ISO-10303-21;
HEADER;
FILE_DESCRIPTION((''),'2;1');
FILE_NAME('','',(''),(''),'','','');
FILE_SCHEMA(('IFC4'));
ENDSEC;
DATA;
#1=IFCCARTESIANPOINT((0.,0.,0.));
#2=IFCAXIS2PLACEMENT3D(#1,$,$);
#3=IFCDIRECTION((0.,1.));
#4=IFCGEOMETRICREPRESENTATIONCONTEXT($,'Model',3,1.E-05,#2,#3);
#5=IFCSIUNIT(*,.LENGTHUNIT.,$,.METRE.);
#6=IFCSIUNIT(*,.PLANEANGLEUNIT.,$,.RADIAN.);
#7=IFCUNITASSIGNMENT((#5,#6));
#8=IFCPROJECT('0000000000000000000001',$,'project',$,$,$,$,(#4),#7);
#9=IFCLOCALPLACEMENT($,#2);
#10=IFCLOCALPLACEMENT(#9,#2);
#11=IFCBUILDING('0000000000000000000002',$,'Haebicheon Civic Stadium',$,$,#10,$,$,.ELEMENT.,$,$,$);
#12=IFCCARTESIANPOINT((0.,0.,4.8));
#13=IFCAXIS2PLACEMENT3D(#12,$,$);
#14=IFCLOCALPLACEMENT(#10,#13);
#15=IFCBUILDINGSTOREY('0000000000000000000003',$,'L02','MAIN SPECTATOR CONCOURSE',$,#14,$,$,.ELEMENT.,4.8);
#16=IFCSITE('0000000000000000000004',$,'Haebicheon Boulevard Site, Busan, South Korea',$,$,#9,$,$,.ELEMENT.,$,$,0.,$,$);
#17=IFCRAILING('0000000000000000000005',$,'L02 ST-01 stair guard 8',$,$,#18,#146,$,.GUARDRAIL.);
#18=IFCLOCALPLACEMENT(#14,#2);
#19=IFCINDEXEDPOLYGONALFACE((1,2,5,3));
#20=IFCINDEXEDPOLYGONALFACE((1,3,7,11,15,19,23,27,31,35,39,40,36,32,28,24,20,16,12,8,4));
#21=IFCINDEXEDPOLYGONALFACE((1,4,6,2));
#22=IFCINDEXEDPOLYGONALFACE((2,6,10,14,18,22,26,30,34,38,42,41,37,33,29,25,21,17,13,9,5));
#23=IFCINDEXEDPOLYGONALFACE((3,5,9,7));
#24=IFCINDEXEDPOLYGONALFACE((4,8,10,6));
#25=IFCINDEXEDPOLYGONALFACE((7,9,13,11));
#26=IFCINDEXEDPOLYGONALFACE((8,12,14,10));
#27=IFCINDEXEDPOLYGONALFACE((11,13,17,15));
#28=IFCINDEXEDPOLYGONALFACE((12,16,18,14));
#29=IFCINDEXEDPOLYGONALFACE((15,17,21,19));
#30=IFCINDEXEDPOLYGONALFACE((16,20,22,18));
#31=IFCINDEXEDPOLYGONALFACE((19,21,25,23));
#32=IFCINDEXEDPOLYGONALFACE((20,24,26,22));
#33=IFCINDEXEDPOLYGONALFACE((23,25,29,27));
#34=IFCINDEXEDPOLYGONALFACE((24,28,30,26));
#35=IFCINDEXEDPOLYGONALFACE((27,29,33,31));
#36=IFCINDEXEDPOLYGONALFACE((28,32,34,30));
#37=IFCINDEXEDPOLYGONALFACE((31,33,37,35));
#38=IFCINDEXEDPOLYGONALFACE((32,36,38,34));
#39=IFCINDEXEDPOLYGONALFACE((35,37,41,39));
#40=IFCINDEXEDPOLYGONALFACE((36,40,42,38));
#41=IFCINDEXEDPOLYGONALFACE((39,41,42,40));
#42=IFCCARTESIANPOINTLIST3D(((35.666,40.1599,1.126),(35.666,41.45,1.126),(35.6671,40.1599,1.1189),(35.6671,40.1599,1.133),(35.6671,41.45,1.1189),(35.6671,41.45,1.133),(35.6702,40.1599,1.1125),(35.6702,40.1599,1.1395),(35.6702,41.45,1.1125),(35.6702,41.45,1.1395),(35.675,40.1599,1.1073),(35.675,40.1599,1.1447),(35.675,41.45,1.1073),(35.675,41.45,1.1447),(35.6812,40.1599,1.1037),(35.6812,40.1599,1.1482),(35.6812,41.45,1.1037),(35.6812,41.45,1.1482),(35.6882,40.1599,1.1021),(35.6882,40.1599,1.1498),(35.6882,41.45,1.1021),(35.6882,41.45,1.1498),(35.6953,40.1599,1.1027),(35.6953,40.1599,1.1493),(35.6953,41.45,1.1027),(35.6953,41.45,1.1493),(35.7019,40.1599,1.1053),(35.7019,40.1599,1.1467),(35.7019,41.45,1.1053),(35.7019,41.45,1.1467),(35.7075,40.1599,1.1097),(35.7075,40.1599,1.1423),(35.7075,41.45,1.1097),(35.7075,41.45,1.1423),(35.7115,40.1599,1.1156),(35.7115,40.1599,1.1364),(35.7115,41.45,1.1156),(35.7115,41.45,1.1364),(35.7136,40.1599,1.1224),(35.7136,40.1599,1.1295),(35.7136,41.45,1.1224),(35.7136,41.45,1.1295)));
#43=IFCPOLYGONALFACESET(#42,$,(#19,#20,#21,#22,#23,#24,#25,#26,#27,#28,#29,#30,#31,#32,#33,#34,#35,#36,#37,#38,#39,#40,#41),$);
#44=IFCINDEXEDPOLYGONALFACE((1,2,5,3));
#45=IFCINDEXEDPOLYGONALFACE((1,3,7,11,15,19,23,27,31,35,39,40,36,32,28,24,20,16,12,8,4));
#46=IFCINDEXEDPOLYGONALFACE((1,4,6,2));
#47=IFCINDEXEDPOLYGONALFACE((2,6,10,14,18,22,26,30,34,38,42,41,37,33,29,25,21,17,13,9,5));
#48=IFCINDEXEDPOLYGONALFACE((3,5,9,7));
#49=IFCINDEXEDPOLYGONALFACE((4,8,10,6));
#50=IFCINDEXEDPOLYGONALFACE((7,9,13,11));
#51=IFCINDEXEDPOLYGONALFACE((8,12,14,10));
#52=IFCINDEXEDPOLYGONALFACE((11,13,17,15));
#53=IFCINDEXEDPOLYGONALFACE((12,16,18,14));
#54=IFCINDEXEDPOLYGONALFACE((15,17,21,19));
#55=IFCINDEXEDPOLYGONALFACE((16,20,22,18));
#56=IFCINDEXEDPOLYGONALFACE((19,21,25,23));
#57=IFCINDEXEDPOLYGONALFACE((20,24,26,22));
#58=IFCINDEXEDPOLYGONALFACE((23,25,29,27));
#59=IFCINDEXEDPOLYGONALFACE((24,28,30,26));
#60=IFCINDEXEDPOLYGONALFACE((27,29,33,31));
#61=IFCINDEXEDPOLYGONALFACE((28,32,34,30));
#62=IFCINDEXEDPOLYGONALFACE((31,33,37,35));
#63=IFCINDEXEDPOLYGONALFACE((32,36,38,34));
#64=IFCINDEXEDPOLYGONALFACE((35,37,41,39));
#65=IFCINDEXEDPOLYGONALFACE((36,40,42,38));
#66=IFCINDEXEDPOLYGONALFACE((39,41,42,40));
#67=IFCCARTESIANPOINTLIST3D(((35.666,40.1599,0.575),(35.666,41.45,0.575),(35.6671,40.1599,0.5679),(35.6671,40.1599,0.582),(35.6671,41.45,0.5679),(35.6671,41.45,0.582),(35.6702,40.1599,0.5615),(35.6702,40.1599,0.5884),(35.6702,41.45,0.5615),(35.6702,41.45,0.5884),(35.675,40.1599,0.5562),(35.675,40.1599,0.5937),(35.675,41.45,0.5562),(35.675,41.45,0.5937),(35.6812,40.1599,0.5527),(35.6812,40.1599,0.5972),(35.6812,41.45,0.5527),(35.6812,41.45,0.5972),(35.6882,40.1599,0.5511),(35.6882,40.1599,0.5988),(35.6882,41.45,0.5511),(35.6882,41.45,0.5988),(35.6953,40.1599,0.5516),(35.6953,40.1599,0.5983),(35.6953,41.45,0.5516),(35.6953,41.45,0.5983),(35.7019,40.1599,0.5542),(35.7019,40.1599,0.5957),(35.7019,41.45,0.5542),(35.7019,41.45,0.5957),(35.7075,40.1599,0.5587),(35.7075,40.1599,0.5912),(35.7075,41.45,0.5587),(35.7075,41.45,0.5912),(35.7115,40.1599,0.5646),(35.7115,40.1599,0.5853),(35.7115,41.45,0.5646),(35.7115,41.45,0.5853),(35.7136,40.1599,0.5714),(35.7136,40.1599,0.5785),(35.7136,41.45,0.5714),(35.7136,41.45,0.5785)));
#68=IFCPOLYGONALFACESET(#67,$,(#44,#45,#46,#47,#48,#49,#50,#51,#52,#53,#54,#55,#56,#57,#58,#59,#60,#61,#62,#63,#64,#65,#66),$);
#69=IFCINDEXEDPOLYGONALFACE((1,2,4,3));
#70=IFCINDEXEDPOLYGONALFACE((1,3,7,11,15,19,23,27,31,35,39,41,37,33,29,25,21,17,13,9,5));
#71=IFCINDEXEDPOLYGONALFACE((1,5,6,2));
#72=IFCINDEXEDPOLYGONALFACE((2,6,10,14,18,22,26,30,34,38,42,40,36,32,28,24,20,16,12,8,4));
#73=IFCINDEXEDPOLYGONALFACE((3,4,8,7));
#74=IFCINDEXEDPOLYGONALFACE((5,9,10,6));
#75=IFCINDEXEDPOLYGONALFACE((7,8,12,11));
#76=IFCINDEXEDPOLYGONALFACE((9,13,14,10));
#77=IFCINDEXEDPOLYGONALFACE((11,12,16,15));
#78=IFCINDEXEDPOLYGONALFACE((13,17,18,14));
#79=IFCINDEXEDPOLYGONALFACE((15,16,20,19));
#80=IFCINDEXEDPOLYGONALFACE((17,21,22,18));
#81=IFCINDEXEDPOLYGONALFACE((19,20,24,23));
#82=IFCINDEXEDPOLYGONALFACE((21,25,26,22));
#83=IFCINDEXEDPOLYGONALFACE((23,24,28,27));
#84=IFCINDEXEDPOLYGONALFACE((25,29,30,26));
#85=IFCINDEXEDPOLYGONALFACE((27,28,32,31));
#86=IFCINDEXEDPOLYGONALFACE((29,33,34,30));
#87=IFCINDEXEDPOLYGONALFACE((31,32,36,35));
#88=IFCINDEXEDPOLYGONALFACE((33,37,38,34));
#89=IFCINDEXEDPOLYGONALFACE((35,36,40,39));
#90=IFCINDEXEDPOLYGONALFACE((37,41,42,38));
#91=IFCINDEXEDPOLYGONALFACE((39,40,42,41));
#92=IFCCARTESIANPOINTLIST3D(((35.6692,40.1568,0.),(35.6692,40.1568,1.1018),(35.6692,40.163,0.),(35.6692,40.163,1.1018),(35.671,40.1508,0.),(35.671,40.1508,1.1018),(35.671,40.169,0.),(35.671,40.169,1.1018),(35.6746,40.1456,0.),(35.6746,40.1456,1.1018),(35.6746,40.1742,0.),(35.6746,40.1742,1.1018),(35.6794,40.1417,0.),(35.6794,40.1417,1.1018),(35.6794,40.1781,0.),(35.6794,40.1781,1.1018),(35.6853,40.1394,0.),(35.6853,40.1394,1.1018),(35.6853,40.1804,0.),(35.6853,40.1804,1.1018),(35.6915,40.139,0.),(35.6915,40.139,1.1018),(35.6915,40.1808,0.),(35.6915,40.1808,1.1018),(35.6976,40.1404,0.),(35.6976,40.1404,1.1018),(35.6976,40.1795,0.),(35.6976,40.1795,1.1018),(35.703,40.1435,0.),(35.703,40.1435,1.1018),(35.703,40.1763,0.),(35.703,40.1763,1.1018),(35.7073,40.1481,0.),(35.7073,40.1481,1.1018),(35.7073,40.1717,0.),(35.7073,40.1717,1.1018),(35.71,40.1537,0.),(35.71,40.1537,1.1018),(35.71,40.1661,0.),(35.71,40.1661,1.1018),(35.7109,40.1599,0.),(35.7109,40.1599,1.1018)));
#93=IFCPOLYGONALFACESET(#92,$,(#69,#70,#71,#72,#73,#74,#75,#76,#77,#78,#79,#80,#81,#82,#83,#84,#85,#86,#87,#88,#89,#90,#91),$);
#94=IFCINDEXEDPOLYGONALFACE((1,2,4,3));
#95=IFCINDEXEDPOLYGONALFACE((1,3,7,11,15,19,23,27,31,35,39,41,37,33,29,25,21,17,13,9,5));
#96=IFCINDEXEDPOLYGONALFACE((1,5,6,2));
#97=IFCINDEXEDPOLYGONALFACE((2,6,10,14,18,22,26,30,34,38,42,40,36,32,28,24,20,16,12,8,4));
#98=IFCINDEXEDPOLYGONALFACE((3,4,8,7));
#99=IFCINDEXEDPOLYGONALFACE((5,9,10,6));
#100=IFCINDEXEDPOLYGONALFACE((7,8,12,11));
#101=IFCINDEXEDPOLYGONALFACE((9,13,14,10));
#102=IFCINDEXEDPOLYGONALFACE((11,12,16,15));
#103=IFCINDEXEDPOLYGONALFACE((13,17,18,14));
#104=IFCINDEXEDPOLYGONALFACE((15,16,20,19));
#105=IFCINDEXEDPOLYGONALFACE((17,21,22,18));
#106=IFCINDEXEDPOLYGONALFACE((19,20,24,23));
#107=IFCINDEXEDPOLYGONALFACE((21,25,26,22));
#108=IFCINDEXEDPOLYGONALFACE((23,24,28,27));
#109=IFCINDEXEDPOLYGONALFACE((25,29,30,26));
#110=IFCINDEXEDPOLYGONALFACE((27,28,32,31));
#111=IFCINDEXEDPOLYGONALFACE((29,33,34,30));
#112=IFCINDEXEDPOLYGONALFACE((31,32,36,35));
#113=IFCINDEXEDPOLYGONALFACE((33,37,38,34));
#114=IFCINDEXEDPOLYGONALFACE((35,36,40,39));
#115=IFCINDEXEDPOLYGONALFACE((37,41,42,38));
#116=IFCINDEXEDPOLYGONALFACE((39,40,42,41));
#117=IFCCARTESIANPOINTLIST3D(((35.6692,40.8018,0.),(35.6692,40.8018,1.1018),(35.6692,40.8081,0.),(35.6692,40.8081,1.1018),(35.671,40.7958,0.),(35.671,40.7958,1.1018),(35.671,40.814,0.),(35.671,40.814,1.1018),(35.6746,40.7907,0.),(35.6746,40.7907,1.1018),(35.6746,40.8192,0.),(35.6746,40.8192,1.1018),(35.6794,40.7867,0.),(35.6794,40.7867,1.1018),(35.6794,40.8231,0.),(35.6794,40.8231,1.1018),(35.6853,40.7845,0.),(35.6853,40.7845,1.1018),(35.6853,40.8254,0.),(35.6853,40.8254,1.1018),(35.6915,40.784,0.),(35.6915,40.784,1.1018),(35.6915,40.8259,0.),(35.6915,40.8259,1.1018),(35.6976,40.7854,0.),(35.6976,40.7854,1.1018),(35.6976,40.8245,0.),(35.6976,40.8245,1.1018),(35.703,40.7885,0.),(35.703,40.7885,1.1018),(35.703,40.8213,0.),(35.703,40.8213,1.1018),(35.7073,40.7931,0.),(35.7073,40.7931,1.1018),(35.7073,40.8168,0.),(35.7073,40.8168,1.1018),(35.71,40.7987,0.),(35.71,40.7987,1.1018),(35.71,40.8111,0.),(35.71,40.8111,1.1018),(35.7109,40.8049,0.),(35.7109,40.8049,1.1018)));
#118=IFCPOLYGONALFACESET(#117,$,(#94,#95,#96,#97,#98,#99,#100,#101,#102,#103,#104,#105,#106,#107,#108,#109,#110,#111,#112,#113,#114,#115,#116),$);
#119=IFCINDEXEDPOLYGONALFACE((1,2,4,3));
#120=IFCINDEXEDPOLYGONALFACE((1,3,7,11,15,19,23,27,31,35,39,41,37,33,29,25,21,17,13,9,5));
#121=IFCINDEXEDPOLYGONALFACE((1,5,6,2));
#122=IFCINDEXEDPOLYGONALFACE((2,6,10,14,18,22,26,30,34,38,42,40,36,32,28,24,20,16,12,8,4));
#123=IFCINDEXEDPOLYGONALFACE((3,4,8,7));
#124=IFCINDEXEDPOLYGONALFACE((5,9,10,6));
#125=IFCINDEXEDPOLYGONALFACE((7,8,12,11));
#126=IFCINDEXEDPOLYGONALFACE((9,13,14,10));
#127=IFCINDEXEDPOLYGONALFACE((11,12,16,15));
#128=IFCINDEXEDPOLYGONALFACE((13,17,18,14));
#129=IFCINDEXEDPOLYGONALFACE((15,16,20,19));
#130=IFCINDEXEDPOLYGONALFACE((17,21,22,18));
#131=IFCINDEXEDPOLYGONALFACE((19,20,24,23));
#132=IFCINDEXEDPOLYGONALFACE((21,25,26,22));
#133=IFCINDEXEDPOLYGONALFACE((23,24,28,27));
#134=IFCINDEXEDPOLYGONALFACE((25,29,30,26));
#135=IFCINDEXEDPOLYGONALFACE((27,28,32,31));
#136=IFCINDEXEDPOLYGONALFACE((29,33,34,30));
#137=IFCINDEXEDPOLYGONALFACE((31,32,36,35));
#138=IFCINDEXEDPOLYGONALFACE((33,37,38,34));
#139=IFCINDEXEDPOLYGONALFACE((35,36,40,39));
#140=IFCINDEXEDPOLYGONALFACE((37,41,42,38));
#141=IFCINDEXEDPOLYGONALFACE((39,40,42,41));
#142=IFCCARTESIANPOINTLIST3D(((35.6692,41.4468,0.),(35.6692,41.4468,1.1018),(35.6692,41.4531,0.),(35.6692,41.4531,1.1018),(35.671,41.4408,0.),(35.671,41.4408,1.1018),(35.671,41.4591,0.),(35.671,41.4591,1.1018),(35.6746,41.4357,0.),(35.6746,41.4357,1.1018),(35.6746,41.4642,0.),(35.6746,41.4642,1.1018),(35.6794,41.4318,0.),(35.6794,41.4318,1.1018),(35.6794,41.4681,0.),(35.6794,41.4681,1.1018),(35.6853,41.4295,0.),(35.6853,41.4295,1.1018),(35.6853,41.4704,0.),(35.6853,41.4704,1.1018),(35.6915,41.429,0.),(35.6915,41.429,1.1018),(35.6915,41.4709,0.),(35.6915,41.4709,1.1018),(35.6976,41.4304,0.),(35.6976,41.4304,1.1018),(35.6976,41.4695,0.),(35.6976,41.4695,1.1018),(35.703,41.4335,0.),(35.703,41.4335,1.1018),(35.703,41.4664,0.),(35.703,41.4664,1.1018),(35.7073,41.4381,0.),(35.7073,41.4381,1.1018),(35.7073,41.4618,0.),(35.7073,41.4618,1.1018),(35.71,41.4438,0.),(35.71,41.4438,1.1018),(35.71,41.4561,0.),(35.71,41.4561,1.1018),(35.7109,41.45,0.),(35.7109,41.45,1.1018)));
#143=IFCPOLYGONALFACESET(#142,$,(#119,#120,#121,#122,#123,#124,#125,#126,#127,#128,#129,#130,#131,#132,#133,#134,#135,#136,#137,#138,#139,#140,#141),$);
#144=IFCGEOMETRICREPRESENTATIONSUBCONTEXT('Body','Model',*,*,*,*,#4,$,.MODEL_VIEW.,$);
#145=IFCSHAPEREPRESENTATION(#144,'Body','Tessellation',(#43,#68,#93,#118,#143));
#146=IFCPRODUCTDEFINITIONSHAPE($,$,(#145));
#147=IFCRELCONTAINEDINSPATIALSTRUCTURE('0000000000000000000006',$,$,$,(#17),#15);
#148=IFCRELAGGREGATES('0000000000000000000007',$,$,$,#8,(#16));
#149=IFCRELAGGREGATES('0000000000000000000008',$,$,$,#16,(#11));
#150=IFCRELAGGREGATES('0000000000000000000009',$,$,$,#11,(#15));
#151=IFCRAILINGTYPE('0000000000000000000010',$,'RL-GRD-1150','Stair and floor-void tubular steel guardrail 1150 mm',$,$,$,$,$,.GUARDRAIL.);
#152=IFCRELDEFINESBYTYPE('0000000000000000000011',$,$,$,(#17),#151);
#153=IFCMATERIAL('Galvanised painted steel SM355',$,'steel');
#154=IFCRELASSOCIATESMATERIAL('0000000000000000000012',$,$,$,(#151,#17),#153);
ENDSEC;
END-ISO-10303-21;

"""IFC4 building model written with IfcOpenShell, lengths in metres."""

from ifc_helpers import new_model, si_unit, direction, frame, origin, origin_2d, place, context, subcontext, project, spatial, circle, extrude, material, type_object, element, save


model = new_model("IFC4")

# Units and contexts
model_context = context("Model", 3, precision=1e-05, world=origin(), true_north=direction((0.0, 1.0)))
body_context = subcontext(model_context, "Body", "Model", "MODEL_VIEW")
ifc_project = project(units=[si_unit("LENGTHUNIT", "METRE"), si_unit("PLANEANGLEUNIT", "RADIAN")], contexts=[model_context])

# Site, building, storey
site_placement = place(None, origin())
site = spatial("IfcSite", under=ifc_project, at=site_placement, Name="Haebicheon Boulevard Site, Busan, South Korea", CompositionType="ELEMENT", RefElevation=0.0)
building_placement = place(site_placement, origin())
building = spatial("IfcBuilding", under=site, at=building_placement, Name="Haebicheon Civic Stadium", CompositionType="ELEMENT")
storey_placement = place(building_placement, frame((0.0, 0.0, 4.8)))
storey = spatial("IfcBuildingStorey", under=building, at=storey_placement, Name="L02", Description="MAIN SPECTATOR CONCOURSE", CompositionType="ELEMENT", Elevation=4.8)

# Railing
ifc_material_1 = material(Name="Galvanised painted steel SM355", Category="steel")
railing_type_1 = type_object("IfcRailingType", Name="RL-GRD-1150", Description="Stair and floor-void tubular steel guardrail 1150 mm", PredefinedType="GUARDRAIL", material=ifc_material_1)
railing_1_placement = place(storey_placement, frame((35.6899, 40.1599, 0.0)))
element("IfcRailing", 1, at=railing_1_placement, inside=storey, type_object=railing_type_1, material=ifc_material_1, Name="L02 ST-01 stair guard 8", PredefinedType="GUARDRAIL", context=body_context, shape_type="SweptSolid", body=[
    extrude(circle(Radius=0.0239, at=origin_2d()), frame((0.0, 0.0, 1.126), z_axis=(0.0, 1.0, 0.0), x_axis=(-1.0, 0.0, 0.0)), (0.0, 0.0, 1.0), 1.29),
    extrude(circle(Radius=0.0239, at=origin_2d()), frame((0.0, 0.0, 0.575), z_axis=(0.0, 1.0, 0.0), x_axis=(-1.0, 0.0, 0.0)), (0.0, 0.0, 1.0), 1.29),
    extrude(circle(Radius=0.021, at=origin_2d()), origin(), (0.0, 0.0, 1.0), 1.1018),
    extrude(circle(Radius=0.021, at=origin_2d()), frame((0.0, 0.645, 0.0)), (0.0, 0.0, 1.0), 1.1018),
    extrude(circle(Radius=0.021, at=origin_2d()), frame((0.0, 1.29, 0.0)), (0.0, 0.0, 1.0), 1.1018),
])

save(model, "model.ifc")
